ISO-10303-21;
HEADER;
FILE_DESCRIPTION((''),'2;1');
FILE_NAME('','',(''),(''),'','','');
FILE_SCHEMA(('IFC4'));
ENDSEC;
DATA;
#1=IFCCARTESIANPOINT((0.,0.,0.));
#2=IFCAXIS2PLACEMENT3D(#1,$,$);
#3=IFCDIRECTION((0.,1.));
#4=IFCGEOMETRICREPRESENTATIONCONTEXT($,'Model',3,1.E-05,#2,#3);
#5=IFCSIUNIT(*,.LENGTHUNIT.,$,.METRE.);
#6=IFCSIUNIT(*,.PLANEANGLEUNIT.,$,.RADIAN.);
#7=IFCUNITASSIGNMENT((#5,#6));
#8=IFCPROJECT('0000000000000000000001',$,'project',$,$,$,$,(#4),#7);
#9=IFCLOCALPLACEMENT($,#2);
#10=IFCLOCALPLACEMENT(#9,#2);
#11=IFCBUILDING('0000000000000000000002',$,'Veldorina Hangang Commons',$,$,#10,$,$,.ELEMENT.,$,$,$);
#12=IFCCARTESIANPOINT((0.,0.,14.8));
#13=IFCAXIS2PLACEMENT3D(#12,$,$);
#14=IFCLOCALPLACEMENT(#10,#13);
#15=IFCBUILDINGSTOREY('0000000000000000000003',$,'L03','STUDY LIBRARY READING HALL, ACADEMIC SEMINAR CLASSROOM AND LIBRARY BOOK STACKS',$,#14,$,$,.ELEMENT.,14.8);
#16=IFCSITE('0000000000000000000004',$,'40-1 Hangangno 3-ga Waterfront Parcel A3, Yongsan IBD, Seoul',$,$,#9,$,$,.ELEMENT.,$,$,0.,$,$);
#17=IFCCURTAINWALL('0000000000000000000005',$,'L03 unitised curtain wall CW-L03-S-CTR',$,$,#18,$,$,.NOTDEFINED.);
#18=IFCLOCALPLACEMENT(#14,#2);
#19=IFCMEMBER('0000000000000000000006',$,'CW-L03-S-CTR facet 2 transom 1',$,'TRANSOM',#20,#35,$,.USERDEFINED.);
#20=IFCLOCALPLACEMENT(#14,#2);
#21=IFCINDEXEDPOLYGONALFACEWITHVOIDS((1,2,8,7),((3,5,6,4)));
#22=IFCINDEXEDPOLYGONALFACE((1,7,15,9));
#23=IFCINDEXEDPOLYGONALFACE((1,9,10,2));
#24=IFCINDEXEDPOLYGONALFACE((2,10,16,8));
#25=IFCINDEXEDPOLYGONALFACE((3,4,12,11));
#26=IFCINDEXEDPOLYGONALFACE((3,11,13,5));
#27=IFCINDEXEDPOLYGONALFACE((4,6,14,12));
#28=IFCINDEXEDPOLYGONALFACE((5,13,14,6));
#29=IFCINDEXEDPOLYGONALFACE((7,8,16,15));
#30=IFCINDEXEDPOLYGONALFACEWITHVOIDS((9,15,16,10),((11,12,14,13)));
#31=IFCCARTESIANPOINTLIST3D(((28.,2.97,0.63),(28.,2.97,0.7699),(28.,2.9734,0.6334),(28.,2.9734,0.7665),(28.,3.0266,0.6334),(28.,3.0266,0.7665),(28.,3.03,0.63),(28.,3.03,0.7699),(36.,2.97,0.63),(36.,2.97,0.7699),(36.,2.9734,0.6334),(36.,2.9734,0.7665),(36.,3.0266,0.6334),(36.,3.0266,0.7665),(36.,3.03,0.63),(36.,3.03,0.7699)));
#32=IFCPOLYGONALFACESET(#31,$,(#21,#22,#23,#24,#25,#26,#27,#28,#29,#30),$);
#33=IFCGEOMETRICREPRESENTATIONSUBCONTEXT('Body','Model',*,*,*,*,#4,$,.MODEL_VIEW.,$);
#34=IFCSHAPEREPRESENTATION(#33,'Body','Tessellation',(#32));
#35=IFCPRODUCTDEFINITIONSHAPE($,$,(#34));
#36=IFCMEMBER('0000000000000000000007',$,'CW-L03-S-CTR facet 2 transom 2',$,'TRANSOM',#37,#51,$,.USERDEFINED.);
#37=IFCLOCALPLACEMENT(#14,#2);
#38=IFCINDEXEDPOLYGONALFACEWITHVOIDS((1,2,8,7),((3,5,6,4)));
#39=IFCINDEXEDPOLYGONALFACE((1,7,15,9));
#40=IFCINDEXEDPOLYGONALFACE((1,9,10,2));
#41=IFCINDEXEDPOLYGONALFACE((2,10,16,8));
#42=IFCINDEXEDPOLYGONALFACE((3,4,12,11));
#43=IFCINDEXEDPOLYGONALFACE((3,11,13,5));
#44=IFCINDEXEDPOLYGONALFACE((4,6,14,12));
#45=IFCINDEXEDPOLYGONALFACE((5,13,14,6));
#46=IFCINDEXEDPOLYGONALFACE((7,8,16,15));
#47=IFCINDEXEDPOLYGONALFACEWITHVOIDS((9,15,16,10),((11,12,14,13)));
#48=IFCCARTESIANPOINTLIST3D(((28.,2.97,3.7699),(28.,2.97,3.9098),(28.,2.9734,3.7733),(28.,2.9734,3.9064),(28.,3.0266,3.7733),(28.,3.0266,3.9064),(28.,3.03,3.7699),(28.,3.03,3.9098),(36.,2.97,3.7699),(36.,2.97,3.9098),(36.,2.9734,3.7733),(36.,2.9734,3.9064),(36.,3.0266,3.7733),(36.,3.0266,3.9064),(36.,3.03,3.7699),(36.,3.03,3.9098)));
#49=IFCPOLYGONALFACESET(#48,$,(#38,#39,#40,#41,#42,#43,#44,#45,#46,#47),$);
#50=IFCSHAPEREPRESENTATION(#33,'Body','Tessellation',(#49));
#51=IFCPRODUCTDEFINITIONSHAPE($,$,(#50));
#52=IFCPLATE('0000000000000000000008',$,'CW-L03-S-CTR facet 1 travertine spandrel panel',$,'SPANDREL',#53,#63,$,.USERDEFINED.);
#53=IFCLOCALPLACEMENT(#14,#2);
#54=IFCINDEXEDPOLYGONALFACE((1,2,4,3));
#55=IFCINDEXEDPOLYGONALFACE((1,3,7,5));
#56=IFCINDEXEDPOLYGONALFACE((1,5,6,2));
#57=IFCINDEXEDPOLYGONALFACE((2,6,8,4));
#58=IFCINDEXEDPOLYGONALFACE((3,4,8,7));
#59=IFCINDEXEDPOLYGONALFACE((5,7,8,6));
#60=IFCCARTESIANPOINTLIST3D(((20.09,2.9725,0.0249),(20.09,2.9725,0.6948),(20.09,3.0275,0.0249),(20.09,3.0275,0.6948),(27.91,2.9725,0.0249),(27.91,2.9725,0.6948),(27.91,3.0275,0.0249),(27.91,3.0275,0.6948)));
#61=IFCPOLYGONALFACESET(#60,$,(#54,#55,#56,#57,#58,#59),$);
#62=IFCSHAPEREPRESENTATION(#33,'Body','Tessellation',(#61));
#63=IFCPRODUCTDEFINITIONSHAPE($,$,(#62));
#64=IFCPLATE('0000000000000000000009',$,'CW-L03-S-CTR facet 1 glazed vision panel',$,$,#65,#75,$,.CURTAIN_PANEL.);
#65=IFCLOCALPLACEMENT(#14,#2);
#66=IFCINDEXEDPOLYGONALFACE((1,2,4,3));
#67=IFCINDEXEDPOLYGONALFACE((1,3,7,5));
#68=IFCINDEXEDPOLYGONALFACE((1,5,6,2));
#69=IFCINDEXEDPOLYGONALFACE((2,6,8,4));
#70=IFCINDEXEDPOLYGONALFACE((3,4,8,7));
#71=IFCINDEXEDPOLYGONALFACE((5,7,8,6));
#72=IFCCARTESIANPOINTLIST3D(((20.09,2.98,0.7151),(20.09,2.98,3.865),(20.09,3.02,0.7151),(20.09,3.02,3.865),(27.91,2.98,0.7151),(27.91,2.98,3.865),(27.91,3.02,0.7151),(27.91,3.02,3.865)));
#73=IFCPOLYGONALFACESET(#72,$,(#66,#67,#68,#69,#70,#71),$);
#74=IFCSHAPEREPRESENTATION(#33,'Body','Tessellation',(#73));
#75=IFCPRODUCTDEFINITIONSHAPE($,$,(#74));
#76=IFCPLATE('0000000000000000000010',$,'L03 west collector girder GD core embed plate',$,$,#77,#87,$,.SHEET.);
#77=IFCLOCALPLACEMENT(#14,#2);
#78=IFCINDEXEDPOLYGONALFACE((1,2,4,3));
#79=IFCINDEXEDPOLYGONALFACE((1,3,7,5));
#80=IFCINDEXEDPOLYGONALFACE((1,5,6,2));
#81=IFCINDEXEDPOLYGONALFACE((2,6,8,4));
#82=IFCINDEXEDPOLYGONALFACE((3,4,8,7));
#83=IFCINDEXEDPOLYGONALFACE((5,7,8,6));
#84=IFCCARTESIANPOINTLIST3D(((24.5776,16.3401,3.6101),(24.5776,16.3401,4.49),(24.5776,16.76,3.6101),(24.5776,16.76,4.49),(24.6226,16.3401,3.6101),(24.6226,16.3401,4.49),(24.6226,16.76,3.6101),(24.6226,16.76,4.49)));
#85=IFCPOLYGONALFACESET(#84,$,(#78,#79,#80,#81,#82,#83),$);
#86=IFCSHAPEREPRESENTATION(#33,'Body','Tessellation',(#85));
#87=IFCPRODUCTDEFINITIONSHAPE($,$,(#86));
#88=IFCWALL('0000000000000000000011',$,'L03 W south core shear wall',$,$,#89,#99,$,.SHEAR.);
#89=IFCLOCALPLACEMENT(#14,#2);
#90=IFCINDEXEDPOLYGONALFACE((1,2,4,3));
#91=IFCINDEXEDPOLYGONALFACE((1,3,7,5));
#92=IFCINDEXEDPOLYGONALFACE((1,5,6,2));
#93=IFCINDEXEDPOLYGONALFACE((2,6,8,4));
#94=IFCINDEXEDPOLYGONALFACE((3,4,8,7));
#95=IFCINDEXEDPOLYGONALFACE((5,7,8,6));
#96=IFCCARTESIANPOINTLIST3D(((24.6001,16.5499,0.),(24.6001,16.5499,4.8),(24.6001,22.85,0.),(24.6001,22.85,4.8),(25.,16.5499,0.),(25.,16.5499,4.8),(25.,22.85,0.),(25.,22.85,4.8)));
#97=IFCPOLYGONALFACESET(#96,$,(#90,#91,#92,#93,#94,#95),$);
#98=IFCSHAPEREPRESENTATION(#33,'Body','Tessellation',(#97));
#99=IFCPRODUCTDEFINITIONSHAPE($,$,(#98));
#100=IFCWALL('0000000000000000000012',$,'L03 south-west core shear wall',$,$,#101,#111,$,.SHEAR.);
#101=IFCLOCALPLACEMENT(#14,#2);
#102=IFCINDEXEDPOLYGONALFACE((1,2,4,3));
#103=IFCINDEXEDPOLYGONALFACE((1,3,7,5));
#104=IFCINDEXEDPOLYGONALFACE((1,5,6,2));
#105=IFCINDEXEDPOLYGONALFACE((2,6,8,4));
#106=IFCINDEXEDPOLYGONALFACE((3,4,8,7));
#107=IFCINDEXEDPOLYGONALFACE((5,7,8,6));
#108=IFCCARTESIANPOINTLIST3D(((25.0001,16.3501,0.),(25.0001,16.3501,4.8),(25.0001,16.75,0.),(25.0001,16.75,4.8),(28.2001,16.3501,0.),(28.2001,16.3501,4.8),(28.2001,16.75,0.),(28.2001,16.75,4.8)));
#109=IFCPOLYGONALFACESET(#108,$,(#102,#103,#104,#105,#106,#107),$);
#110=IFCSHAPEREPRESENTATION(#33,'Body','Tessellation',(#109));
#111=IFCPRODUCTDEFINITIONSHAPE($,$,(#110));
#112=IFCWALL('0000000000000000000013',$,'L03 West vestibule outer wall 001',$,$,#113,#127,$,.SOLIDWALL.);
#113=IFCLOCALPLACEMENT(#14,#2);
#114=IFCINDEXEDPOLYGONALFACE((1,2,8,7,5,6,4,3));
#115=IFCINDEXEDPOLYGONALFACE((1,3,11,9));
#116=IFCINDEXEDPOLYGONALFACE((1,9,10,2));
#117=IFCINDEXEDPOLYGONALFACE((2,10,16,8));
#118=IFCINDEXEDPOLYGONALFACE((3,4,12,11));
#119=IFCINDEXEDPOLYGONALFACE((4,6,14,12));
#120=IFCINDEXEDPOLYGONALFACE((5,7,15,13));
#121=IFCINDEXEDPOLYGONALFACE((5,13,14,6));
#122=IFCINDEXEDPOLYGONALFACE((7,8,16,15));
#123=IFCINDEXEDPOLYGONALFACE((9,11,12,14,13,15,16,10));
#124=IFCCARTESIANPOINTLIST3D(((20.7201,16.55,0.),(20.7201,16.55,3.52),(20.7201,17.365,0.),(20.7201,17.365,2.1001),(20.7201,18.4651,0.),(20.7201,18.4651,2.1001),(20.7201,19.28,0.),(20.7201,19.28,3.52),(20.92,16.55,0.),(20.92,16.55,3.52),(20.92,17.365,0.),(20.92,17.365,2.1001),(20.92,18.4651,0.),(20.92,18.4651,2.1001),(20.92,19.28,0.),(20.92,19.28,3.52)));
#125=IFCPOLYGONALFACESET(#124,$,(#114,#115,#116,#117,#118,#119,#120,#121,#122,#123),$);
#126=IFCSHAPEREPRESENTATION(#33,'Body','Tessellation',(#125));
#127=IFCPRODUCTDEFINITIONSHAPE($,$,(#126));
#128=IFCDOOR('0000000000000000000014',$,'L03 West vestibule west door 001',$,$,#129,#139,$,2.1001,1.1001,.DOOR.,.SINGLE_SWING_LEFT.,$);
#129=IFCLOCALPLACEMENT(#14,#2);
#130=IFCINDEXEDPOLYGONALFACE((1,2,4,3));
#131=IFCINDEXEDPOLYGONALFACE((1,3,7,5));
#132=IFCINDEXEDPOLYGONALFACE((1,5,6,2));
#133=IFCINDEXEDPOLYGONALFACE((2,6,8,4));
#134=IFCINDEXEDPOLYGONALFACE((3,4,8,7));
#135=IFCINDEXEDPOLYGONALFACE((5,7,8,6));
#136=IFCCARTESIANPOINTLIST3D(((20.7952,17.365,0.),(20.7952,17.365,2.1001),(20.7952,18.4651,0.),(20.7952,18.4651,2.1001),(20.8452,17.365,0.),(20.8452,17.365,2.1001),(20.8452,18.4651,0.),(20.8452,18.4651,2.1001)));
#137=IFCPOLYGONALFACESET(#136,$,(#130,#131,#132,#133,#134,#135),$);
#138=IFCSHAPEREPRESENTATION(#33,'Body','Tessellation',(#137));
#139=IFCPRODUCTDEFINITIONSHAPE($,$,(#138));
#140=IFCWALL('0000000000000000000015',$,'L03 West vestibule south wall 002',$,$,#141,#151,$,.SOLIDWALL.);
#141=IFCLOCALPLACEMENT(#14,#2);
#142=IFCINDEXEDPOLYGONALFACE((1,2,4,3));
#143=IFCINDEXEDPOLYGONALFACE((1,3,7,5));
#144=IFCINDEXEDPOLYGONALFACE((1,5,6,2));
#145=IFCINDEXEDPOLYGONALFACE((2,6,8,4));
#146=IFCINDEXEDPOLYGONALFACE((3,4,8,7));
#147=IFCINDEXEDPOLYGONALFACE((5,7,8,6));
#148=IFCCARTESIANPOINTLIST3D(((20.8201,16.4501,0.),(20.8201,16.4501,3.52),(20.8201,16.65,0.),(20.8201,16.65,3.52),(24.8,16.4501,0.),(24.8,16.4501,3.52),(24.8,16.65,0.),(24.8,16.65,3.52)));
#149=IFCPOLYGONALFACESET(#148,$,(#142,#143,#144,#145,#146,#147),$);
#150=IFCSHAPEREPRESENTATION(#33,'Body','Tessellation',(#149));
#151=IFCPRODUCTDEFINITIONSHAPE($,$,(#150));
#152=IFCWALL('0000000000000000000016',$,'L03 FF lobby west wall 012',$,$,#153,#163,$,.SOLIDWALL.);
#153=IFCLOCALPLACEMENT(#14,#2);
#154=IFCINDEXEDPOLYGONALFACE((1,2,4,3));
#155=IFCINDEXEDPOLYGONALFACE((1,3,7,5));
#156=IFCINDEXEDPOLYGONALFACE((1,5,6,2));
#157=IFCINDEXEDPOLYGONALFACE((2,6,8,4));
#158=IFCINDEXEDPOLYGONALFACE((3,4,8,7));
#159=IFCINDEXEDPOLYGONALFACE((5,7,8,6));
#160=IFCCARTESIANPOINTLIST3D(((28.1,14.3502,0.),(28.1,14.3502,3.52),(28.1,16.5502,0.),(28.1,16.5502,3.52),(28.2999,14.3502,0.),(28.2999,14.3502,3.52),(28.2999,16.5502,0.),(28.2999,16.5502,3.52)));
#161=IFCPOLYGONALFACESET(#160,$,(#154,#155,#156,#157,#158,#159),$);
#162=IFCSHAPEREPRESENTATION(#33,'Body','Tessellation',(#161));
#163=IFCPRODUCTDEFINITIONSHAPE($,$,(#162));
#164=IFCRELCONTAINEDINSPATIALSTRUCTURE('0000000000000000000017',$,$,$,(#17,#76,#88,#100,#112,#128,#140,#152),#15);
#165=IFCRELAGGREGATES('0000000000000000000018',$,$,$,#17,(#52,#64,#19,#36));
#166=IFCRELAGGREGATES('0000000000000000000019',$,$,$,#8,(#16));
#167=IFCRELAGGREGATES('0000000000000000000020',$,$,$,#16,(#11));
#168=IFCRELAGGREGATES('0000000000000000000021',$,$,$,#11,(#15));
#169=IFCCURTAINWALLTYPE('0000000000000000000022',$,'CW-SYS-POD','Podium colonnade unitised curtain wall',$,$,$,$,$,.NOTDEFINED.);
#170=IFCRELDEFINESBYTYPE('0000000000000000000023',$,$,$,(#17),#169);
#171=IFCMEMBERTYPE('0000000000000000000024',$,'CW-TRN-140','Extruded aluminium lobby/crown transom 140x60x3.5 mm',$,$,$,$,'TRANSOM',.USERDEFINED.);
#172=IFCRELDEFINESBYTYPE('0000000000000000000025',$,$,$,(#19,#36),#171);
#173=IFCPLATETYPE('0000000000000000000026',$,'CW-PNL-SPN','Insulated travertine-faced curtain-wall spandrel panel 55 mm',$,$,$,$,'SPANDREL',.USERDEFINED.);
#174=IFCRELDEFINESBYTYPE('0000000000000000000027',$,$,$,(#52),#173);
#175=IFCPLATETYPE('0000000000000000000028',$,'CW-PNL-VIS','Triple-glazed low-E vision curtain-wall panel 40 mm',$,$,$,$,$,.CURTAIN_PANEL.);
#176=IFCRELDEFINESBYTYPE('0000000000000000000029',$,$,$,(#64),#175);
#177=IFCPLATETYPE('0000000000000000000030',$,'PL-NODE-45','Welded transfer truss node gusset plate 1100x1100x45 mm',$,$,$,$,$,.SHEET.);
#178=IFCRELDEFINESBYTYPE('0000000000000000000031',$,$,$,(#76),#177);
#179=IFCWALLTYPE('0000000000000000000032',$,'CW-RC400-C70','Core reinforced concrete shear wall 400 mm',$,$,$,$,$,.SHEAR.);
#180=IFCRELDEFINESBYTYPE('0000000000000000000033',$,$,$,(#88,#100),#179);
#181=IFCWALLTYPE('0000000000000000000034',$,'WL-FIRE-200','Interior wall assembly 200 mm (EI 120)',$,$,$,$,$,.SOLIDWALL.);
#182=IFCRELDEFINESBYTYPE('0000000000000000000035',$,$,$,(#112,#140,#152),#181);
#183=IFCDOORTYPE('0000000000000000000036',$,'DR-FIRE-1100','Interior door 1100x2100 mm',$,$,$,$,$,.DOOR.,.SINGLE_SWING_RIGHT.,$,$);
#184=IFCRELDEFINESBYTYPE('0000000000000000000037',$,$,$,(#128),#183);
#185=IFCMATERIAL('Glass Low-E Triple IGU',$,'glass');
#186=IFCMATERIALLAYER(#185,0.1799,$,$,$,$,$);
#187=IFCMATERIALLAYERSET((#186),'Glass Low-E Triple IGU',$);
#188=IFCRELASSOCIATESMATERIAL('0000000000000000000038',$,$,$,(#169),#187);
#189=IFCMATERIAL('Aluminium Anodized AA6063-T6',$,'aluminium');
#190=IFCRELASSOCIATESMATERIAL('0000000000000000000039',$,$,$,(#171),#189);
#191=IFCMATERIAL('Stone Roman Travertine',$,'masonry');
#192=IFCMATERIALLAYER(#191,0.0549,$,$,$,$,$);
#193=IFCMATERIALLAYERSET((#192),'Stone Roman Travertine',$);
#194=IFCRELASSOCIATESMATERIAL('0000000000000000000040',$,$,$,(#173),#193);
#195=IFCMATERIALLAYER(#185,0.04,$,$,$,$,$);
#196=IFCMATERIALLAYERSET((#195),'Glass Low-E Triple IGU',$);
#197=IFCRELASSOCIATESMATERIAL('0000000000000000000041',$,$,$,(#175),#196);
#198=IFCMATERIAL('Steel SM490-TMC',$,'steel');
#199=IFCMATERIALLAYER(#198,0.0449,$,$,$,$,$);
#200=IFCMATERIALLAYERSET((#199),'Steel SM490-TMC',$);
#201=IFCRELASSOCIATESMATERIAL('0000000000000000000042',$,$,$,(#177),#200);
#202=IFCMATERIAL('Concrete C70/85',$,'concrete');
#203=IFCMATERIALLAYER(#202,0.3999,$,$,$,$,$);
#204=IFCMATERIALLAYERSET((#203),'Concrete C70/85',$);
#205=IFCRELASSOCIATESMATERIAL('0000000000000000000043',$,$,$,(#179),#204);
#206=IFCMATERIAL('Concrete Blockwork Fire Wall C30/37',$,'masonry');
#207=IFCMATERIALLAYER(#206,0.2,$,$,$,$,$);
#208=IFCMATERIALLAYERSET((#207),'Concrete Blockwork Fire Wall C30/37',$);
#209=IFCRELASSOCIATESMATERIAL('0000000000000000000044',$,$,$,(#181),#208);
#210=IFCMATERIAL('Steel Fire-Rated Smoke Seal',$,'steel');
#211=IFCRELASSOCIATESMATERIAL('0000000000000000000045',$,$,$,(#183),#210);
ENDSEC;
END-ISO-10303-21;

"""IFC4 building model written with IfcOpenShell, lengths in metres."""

from ifc_helpers import new_model, si_unit, direction, frame, frame_2d, origin, origin_2d, place, context, subcontext, project, spatial, rectangle, hollow_rectangle, extrude, material, layer, layer_set, material_profile, profile_set, type_object, element, fill, aggregate, save


model = new_model("IFC4")

# Units and contexts
model_context = context("Model", 3, precision=1e-05, world=origin(), true_north=direction((0.0, 1.0)))
body_context = subcontext(model_context, "Body", "Model", "MODEL_VIEW")
ifc_project = project(units=[si_unit("LENGTHUNIT", "METRE"), si_unit("PLANEANGLEUNIT", "RADIAN")], contexts=[model_context])

# Site, building, storey
site_placement = place(None, origin())
site = spatial("IfcSite", under=ifc_project, at=site_placement, Name="40-1 Hangangno 3-ga Waterfront Parcel A3, Yongsan IBD, Seoul", CompositionType="ELEMENT", RefElevation=0.0)
building_placement = place(site_placement, origin())
building = spatial("IfcBuilding", under=site, at=building_placement, Name="Veldorina Hangang Commons", CompositionType="ELEMENT")
storey_placement = place(building_placement, frame((0.0, 0.0, 14.8)))
storey = spatial("IfcBuildingStorey", under=building, at=storey_placement, Name="L03", Description="STUDY LIBRARY READING HALL, ACADEMIC SEMINAR CLASSROOM AND LIBRARY BOOK STACKS", CompositionType="ELEMENT", Elevation=14.8)

# Shared definitions
ifc_material_1 = material(Name="Steel SM490-TMC", Category="steel")

# Curtain wall, members, plates
ifc_material_2 = material(Name="Glass Low-E Triple IGU", Category="glass")
ifc_layer_1 = layer(ifc_material_2, 0.1799)
ifc_layer_set_1 = layer_set([ifc_layer_1], Name="Glass Low-E Triple IGU")
curtain_wall_type = type_object("IfcCurtainWallType", Name="CW-SYS-POD", Description="Podium colonnade unitised curtain wall", PredefinedType="NOTDEFINED", material=ifc_layer_set_1)
curtain_wall_placement = place(storey_placement, origin())
curtain_wall = element("IfcCurtainWall", 1, at=curtain_wall_placement, inside=storey, type_object=curtain_wall_type, Name="L03 unitised curtain wall CW-L03-S-CTR", PredefinedType="NOTDEFINED")
ifc_material_3 = material(Name="Aluminium Anodized AA6063-T6", Category="aluminium")
ifc_material_profile_1 = material_profile(ifc_material_3, hollow_rectangle(XDim=0.0601, YDim=0.1399, WallThickness=0.0034, at=origin_2d()), Name="ALU-RHS-140x60x3.5")
ifc_profile_set_1 = profile_set([ifc_material_profile_1], Name="Aluminium Anodized AA6063-T6")
member_type = type_object("IfcMemberType", Name="CW-TRN-140", Description="Extruded aluminium lobby/crown transom 140x60x3.5 mm", ElementType="TRANSOM", PredefinedType="USERDEFINED", material=ifc_profile_set_1)
member_1_placement = place(storey_placement, frame((28.0, 3.0, 0.7), z_axis=(1.0, 0.0, 0.0), x_axis=(0.0, 1.0, 0.0)))
member_1 = element("IfcMember", 2, at=member_1_placement, type_object=member_type, Name="CW-L03-S-CTR facet 2 transom 1", ObjectType="TRANSOM", PredefinedType="USERDEFINED", context=body_context, shape_type="SweptSolid", body=[
    extrude(hollow_rectangle(XDim=0.0601, YDim=0.1399, WallThickness=0.0034, at=origin_2d()), origin(), (0.0, 0.0, 1.0), 8.0),
])
member_2_placement = place(storey_placement, frame((28.0, 3.0, 3.8398), z_axis=(1.0, 0.0, 0.0), x_axis=(0.0, 1.0, 0.0)))
member_2 = element("IfcMember", 3, at=member_2_placement, type_object=member_type, Name="CW-L03-S-CTR facet 2 transom 2", ObjectType="TRANSOM", PredefinedType="USERDEFINED", context=body_context, shape_type="SweptSolid", body=[
    extrude(hollow_rectangle(XDim=0.0601, YDim=0.1399, WallThickness=0.0034, at=origin_2d()), origin(), (0.0, 0.0, 1.0), 8.0),
])
ifc_material_4 = material(Name="Stone Roman Travertine", Category="masonry")
ifc_layer_2 = layer(ifc_material_4, 0.0549)
ifc_layer_set_2 = layer_set([ifc_layer_2], Name="Stone Roman Travertine")
plate_type_1 = type_object("IfcPlateType", Name="CW-PNL-SPN", Description="Insulated travertine-faced curtain-wall spandrel panel 55 mm", ElementType="SPANDREL", PredefinedType="USERDEFINED", material=ifc_layer_set_2)
plate_1_placement = place(storey_placement, frame((24.0, 3.0, 0.0249), z_axis=(0.0, 0.0, 1.0), x_axis=(1.0, 0.0, 0.0)))
plate_1 = element("IfcPlate", 4, at=plate_1_placement, type_object=plate_type_1, Name="CW-L03-S-CTR facet 1 travertine spandrel panel", ObjectType="SPANDREL", PredefinedType="USERDEFINED", context=body_context, shape_type="SweptSolid", body=[
    extrude(rectangle(XDim=7.8201, YDim=0.0549, at=origin_2d()), origin(), (0.0, 0.0, 1.0), 0.6699),
])
ifc_layer_3 = layer(ifc_material_2, 0.04)
ifc_layer_set_3 = layer_set([ifc_layer_3], Name="Glass Low-E Triple IGU")
plate_type_2 = type_object("IfcPlateType", Name="CW-PNL-VIS", Description="Triple-glazed low-E vision curtain-wall panel 40 mm", PredefinedType="CURTAIN_PANEL", material=ifc_layer_set_3)
plate_2_placement = place(storey_placement, frame((24.0, 3.0, 0.7151), z_axis=(0.0, 0.0, 1.0), x_axis=(1.0, 0.0, 0.0)))
plate_2 = element("IfcPlate", 5, at=plate_2_placement, type_object=plate_type_2, Name="CW-L03-S-CTR facet 1 glazed vision panel", PredefinedType="CURTAIN_PANEL", context=body_context, shape_type="SweptSolid", body=[
    extrude(rectangle(XDim=7.8201, YDim=0.04, at=origin_2d()), origin(), (0.0, 0.0, 1.0), 3.1499),
])
aggregate(curtain_wall, [plate_1, plate_2, member_1, member_2])

# Plate
ifc_layer_4 = layer(ifc_material_1, 0.0449)
ifc_layer_set_4 = layer_set([ifc_layer_4], Name="Steel SM490-TMC")
plate_type_3 = type_object("IfcPlateType", Name="PL-NODE-45", Description="Welded transfer truss node gusset plate 1100x1100x45 mm", PredefinedType="SHEET", material=ifc_layer_set_4)
plate_3_placement = place(storey_placement, frame((24.6001, 16.55, 3.6101), z_axis=(0.0, 0.0, 1.0), x_axis=(1.0, 0.0, 0.0)))
element("IfcPlate", 6, at=plate_3_placement, inside=storey, type_object=plate_type_3, Name="L03 west collector girder GD core embed plate", PredefinedType="SHEET", context=body_context, shape_type="SweptSolid", body=[
    extrude(rectangle(XDim=0.0449, YDim=0.4199, at=origin_2d()), origin(), (0.0, 0.0, 1.0), 0.8799),
])

# Walls
ifc_material_5 = material(Name="Concrete C70/85", Category="concrete")
ifc_layer_5 = layer(ifc_material_5, 0.3999)
ifc_layer_set_5 = layer_set([ifc_layer_5], Name="Concrete C70/85")
wall_type_1 = type_object("IfcWallType", Name="CW-RC400-C70", Description="Core reinforced concrete shear wall 400 mm", PredefinedType="SHEAR", material=ifc_layer_set_5)
wall_1_placement = place(storey_placement, frame((24.8, 16.55, 0.0), z_axis=(0.0, 0.0, 1.0), x_axis=(0.0, 1.0, 0.0)))
element("IfcWall", 7, at=wall_1_placement, inside=storey, type_object=wall_type_1, Name="L03 W south core shear wall", PredefinedType="SHEAR", context=body_context, shape_type="SweptSolid", body=[
    extrude(rectangle(XDim=6.3, YDim=0.3999, at=frame_2d((3.1499, 0.0))), origin(), (0.0, 0.0, 1.0), 4.8),
])
wall_2_placement = place(storey_placement, frame((25.0, 16.55, 0.0), z_axis=(0.0, 0.0, 1.0), x_axis=(1.0, 0.0, 0.0)))
element("IfcWall", 8, at=wall_2_placement, inside=storey, type_object=wall_type_1, Name="L03 south-west core shear wall", PredefinedType="SHEAR", context=body_context, shape_type="SweptSolid", body=[
    extrude(rectangle(XDim=3.2, YDim=0.3999, at=frame_2d((1.6001, 0.0))), origin(), (0.0, 0.0, 1.0), 4.8),
])

# Wall, opening, door
ifc_material_6 = material(Name="Concrete Blockwork Fire Wall C30/37", Category="masonry")
ifc_layer_6 = layer(ifc_material_6, 0.2)
ifc_layer_set_6 = layer_set([ifc_layer_6], Name="Concrete Blockwork Fire Wall C30/37")
wall_type_2 = type_object("IfcWallType", Name="WL-FIRE-200", Description="Interior wall assembly 200 mm (EI 120)", PredefinedType="SOLIDWALL", material=ifc_layer_set_6)
wall_3_placement = place(storey_placement, frame((20.8201, 16.55, 0.0), z_axis=(0.0, 0.0, 1.0), x_axis=(0.0, 1.0, 0.0)))
wall_3 = element("IfcWall", 9, at=wall_3_placement, inside=storey, type_object=wall_type_2, Name="L03 West vestibule outer wall 001", PredefinedType="SOLIDWALL", context=body_context, shape_type="SweptSolid", body=[
    extrude(rectangle(XDim=2.73, YDim=0.2, at=frame_2d((1.365, 0.0))), origin(), (0.0, 0.0, 1.0), 3.52),
])
opening_1_placement = place(wall_3_placement, frame((0.8149, 0.0, 0.0)))
opening_1 = element("IfcOpeningElement", 10, at=opening_1_placement, cuts=wall_3, PredefinedType="OPENING", context=body_context, shape_type="SweptSolid", body=[
    extrude(rectangle(XDim=1.1001, YDim=2.1001, at=frame_2d((0.55, 1.05))), frame((0.0, 0.1099, 0.0), z_axis=(0.0, -1.0, 0.0), x_axis=(1.0, 0.0, 0.0)), (0.0, 0.0, 1.0), 0.22),
])
ifc_material_7 = material(Name="Steel Fire-Rated Smoke Seal", Category="steel")
door_type_1 = type_object("IfcDoorType", Name="DR-FIRE-1100", Description="Interior door 1100x2100 mm", OperationType="SINGLE_SWING_RIGHT", PredefinedType="DOOR", material=ifc_material_7)
door_1_placement = place(opening_1_placement, origin())
door_1 = element("IfcDoor", 11, at=door_1_placement, inside=storey, type_object=door_type_1, Name="L03 West vestibule west door 001", OperationType="SINGLE_SWING_LEFT", OverallHeight=2.1001, OverallWidth=1.1001, PredefinedType="DOOR", context=body_context, shape_type="SweptSolid", body=[
    extrude(rectangle(XDim=1.1001, YDim=2.1001, at=frame_2d((0.55, 1.05))), frame((0.0, 0.0249, 0.0), z_axis=(0.0, -1.0, 0.0), x_axis=(1.0, 0.0, 0.0)), (0.0, 0.0, 1.0), 0.05),
])
fill(opening_1, door_1)

# Walls
wall_4_placement = place(storey_placement, frame((20.8201, 16.55, 0.0), z_axis=(0.0, 0.0, 1.0), x_axis=(1.0, 0.0, 0.0)))
element("IfcWall", 12, at=wall_4_placement, inside=storey, type_object=wall_type_2, Name="L03 West vestibule south wall 002", PredefinedType="SOLIDWALL", context=body_context, shape_type="SweptSolid", body=[
    extrude(rectangle(XDim=3.98, YDim=0.2, at=frame_2d((1.99, 0.0))), origin(), (0.0, 0.0, 1.0), 3.52),
])
wall_5_placement = place(storey_placement, frame((28.2, 14.3501, 0.0), z_axis=(0.0, 0.0, 1.0), x_axis=(0.0, 1.0, 0.0)))
element("IfcWall", 13, at=wall_5_placement, inside=storey, type_object=wall_type_2, Name="L03 FF lobby west wall 012", PredefinedType="SOLIDWALL", context=body_context, shape_type="SweptSolid", body=[
    extrude(rectangle(XDim=2.2, YDim=0.2, at=frame_2d((1.1001, 0.0))), origin(), (0.0, 0.0, 1.0), 3.52),
])

save(model, "model.ifc")
